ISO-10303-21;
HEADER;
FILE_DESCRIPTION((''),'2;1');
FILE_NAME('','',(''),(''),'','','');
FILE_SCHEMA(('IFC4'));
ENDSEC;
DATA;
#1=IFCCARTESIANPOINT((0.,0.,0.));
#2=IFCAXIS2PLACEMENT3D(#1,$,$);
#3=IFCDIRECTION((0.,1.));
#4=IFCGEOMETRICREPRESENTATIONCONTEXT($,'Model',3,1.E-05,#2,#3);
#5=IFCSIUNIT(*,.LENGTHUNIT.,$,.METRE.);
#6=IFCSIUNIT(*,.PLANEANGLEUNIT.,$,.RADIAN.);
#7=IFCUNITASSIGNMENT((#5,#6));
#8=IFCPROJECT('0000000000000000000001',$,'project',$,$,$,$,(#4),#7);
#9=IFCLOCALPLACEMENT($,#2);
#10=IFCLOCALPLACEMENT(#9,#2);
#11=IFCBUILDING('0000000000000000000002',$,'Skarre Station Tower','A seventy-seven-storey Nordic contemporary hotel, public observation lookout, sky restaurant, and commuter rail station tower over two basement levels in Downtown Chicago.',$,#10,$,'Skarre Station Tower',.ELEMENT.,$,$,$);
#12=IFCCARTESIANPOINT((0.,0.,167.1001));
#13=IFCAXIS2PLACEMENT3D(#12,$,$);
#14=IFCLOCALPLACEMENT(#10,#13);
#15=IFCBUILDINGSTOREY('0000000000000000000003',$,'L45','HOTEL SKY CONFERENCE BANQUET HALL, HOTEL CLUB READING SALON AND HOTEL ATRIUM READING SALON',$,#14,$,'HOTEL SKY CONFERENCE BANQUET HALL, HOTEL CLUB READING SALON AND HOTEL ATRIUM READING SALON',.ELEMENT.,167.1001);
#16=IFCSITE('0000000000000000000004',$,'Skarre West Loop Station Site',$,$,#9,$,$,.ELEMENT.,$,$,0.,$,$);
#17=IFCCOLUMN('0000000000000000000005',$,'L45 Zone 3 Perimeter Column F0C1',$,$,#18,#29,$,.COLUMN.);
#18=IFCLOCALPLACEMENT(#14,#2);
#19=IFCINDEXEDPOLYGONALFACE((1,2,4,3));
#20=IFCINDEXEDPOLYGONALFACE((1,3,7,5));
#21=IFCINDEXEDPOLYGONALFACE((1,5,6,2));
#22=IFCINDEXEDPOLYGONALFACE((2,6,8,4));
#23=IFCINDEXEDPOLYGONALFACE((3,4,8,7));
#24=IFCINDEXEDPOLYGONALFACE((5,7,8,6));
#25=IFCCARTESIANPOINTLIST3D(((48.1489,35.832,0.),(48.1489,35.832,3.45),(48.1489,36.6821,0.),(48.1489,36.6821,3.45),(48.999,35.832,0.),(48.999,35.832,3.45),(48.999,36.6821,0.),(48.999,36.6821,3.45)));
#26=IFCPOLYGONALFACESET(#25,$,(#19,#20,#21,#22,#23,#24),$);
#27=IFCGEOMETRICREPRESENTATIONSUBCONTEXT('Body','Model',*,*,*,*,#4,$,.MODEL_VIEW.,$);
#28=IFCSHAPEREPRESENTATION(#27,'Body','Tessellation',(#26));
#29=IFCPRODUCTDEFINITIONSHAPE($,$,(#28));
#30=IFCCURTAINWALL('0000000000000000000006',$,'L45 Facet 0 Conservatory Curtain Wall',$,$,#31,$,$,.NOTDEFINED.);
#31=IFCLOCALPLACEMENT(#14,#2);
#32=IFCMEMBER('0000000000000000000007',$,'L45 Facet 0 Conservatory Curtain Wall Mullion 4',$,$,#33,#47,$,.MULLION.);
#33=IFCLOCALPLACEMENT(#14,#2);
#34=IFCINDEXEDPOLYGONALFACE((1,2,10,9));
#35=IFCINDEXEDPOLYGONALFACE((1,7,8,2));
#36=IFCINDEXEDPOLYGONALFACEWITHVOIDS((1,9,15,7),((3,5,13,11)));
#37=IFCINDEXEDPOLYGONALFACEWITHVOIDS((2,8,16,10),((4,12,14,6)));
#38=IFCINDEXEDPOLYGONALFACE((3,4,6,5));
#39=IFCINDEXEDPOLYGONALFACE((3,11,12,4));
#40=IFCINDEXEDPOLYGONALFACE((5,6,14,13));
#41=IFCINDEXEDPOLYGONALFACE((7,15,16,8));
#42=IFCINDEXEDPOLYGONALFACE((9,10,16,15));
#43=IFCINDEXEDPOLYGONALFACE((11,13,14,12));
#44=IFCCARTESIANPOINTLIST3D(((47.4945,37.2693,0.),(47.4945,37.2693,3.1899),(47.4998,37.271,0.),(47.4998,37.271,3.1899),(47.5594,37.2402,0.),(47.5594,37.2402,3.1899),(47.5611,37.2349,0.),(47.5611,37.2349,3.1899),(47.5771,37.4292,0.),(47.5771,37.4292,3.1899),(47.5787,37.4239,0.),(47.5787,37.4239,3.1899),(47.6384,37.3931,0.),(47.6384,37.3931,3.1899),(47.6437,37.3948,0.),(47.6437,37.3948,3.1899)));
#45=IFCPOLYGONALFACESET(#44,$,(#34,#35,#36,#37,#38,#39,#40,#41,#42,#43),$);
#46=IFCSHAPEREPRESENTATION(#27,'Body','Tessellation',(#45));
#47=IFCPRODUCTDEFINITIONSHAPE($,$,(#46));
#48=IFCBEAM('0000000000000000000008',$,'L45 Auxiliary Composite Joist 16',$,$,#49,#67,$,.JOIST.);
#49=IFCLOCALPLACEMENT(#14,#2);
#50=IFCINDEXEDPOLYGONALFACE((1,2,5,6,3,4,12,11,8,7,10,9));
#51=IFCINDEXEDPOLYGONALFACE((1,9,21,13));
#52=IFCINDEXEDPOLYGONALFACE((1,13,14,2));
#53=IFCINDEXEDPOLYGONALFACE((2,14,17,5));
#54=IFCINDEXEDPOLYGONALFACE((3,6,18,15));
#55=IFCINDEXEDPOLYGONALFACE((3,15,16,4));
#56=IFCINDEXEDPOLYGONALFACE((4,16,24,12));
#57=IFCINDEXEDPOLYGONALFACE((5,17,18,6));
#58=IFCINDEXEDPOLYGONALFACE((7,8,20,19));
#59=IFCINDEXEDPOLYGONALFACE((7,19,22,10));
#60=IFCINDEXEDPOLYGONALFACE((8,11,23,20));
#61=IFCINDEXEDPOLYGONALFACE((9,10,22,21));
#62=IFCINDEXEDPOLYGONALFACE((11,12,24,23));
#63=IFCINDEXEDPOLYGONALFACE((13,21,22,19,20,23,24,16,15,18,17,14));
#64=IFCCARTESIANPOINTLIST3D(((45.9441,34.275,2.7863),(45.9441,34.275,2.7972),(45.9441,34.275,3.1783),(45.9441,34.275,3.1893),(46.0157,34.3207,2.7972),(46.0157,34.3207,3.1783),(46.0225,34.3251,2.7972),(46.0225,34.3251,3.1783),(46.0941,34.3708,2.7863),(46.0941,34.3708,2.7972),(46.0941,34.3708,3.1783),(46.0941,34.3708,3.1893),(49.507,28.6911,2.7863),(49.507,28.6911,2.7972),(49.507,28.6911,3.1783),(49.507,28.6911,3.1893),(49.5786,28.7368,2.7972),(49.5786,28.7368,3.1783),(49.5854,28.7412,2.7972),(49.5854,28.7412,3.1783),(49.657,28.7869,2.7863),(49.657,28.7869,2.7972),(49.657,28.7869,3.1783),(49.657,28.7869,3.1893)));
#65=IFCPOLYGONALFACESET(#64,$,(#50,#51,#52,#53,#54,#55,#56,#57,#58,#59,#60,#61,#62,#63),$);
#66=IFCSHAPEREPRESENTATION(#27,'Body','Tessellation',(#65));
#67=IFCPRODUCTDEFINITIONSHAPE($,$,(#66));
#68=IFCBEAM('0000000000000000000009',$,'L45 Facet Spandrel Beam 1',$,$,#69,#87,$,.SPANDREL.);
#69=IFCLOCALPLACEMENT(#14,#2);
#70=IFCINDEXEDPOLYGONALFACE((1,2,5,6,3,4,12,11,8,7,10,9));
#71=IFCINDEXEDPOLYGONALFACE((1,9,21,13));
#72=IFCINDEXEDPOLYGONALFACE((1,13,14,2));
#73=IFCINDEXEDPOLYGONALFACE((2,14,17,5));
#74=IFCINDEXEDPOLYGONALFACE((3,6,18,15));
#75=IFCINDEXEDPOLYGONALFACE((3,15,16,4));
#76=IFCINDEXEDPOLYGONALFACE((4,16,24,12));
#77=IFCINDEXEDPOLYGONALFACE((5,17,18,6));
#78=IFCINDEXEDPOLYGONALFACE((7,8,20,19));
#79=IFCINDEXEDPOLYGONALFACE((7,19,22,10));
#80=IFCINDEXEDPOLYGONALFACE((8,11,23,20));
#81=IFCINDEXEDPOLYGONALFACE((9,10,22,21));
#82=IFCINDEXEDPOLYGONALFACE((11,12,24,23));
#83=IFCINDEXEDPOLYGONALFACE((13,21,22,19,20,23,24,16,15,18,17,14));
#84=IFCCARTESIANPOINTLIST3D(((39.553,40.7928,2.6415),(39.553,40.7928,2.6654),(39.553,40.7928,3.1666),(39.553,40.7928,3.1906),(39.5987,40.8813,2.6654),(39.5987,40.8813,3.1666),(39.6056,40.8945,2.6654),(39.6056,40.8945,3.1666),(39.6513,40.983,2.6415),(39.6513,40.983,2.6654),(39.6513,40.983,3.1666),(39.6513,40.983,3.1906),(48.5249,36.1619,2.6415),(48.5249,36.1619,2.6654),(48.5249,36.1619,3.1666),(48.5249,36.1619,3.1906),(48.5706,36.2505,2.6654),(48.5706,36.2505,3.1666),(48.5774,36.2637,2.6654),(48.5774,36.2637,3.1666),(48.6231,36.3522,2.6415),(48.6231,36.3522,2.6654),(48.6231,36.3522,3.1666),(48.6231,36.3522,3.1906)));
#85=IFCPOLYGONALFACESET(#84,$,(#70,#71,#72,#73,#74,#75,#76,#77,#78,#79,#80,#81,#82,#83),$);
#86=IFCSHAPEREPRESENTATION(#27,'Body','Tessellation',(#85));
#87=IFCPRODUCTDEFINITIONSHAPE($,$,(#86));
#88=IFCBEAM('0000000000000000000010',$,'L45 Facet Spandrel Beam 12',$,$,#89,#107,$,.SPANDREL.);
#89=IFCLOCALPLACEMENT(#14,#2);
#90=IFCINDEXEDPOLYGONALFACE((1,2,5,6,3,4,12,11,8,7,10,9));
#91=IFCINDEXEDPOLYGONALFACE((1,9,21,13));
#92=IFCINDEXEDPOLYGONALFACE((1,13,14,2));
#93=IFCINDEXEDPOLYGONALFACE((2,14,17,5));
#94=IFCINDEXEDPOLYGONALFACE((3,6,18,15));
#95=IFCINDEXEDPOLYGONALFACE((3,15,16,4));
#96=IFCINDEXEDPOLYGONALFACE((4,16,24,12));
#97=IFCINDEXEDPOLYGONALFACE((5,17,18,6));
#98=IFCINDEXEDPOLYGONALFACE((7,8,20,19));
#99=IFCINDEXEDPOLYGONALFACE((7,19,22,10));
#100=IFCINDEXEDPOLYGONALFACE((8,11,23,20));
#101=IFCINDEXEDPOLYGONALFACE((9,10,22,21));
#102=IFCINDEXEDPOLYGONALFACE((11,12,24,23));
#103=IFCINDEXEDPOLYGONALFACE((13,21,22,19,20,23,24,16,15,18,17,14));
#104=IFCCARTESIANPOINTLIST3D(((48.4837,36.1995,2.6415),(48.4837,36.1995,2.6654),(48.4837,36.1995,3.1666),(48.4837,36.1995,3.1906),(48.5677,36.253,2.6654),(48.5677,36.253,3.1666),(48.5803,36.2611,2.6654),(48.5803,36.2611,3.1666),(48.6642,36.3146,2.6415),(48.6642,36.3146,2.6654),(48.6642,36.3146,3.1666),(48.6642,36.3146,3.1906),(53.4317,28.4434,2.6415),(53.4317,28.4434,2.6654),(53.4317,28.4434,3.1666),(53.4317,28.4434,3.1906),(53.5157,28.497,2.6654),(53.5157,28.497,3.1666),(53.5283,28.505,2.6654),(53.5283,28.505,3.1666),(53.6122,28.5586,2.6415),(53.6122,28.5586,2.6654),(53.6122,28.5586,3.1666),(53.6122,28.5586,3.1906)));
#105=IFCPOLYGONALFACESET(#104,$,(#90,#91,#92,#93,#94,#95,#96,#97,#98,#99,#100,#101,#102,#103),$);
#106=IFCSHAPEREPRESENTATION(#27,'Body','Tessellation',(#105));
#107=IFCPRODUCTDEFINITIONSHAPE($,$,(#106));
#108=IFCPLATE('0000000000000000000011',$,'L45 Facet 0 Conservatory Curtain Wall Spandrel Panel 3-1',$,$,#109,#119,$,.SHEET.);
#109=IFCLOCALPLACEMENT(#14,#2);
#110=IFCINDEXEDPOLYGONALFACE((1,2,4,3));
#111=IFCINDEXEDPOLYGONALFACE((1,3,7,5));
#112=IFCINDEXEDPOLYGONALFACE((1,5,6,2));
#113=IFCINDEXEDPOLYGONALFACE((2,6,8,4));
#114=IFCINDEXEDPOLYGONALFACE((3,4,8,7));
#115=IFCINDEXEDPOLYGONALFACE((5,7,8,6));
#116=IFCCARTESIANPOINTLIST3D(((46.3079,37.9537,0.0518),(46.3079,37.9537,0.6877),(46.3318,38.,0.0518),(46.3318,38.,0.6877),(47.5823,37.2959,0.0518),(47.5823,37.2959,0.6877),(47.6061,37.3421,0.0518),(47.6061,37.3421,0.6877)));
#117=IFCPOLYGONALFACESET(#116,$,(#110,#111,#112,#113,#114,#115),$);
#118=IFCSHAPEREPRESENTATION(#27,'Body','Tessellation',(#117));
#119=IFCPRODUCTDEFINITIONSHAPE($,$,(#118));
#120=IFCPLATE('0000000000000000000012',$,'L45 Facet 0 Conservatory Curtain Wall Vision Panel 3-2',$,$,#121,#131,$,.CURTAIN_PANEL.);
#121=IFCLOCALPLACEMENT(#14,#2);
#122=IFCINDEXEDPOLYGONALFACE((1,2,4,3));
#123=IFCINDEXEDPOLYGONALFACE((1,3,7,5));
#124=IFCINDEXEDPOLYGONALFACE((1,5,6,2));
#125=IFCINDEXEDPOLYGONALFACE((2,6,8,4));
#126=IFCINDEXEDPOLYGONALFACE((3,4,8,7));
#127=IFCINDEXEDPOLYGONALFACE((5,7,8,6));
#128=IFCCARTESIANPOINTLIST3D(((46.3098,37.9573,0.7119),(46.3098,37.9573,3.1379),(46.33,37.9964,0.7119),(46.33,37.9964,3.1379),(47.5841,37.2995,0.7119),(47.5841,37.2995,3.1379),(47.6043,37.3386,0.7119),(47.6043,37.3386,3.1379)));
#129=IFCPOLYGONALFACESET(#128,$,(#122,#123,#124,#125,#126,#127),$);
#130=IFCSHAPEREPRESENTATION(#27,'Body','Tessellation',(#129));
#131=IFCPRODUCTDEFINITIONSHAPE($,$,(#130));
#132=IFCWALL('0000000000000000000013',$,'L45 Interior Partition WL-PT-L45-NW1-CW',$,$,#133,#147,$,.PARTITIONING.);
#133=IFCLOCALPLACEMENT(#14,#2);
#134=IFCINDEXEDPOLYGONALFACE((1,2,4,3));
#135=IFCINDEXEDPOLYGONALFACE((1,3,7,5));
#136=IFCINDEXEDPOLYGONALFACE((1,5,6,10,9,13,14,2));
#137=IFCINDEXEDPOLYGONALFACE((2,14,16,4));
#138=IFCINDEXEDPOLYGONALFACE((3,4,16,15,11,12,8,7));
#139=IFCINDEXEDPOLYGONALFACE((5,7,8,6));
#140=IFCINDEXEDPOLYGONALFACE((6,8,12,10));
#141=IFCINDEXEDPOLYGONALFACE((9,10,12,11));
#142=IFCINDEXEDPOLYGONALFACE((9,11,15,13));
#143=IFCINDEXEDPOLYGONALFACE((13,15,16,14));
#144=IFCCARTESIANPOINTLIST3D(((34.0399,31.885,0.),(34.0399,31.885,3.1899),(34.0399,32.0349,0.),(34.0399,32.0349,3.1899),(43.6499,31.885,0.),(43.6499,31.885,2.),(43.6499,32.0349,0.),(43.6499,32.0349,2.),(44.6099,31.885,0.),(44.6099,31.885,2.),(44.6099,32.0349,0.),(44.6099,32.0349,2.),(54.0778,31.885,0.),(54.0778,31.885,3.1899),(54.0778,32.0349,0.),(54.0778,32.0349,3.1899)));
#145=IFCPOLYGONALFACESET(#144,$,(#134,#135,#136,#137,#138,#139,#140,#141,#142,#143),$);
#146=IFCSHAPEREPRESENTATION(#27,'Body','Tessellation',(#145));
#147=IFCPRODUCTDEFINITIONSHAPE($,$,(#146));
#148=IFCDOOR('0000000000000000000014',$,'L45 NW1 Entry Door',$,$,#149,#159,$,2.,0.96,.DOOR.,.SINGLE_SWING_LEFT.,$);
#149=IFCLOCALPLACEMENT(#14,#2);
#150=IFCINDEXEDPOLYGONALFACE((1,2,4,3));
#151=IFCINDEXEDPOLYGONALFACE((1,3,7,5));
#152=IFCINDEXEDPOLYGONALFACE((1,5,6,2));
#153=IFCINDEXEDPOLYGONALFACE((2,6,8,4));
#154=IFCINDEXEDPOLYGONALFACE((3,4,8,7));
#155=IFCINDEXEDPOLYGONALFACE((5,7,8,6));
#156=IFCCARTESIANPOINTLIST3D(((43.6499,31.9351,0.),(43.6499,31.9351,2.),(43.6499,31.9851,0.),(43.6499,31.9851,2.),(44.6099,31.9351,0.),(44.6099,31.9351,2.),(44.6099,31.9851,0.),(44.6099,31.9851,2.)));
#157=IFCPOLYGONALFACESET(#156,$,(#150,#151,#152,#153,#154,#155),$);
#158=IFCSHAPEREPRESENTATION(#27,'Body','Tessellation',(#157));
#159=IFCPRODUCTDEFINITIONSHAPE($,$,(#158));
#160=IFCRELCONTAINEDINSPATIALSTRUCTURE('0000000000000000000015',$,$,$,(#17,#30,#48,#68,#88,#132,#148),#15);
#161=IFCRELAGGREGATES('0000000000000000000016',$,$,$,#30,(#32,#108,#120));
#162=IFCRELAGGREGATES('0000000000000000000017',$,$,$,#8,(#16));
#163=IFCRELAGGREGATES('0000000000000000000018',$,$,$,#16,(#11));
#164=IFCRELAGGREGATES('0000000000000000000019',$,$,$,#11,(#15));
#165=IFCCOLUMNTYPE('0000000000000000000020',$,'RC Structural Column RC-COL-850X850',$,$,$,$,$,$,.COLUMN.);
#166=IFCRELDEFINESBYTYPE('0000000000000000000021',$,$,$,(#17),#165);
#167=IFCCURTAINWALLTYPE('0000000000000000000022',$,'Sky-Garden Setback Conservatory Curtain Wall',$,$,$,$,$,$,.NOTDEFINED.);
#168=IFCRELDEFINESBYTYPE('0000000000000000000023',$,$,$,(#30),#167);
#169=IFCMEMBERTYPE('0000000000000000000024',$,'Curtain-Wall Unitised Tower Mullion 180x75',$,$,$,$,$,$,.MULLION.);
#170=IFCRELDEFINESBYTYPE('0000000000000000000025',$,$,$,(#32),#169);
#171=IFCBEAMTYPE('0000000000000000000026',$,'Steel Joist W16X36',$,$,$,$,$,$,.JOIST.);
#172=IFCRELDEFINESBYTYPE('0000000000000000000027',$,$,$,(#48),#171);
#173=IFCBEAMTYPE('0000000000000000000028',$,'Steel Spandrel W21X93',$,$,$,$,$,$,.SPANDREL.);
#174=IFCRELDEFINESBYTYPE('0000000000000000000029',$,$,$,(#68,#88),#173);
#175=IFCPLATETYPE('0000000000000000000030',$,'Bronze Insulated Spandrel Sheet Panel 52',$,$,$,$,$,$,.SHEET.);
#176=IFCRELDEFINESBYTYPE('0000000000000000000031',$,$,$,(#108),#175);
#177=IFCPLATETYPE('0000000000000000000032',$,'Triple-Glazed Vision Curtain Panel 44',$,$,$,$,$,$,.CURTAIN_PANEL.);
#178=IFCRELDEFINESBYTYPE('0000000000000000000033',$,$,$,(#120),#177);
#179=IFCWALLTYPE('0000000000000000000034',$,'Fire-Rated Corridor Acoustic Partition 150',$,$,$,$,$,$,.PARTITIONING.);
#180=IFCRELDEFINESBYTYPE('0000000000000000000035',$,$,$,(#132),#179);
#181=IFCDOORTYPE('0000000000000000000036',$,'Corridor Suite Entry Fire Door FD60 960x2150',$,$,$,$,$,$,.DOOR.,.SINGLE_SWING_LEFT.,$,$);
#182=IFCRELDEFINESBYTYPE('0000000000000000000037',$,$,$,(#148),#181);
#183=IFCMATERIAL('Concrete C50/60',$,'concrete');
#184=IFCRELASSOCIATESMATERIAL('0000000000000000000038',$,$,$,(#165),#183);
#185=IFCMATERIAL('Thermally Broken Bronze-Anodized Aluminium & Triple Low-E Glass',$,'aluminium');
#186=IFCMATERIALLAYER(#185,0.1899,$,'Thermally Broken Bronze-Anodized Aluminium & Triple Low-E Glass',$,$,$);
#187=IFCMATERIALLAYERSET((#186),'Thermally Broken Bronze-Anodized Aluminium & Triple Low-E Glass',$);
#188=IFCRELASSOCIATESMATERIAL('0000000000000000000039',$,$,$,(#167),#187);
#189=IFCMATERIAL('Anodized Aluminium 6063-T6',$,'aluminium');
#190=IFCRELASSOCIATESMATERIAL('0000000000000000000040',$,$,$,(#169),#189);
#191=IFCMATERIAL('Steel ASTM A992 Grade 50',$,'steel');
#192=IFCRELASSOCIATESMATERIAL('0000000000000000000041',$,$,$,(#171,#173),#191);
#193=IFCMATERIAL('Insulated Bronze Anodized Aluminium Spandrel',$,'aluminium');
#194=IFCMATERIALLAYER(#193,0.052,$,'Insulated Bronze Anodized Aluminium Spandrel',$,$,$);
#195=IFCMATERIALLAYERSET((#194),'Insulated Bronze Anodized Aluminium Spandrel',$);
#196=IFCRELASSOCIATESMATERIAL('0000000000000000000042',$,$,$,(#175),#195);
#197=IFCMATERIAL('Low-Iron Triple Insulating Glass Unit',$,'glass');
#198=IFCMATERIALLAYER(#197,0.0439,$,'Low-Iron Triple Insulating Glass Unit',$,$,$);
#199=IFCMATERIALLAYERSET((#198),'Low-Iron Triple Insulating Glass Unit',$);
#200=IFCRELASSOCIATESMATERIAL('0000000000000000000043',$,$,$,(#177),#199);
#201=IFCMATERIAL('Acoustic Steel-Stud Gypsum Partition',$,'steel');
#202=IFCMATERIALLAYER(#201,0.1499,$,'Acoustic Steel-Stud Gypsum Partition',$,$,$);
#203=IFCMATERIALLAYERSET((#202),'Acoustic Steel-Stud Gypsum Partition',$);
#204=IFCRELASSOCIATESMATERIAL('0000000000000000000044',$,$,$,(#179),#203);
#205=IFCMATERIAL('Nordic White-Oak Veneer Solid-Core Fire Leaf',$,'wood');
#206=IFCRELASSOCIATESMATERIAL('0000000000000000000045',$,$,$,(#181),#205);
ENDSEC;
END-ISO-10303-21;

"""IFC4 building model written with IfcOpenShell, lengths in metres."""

from ifc_helpers import new_model, si_unit, direction, frame, frame_2d, origin, origin_2d, place, context, subcontext, project, spatial, rectangle, hollow_rectangle, i_section, extrude, material, layer, layer_set, material_profile, profile_set, type_object, element, fill, aggregate, save


model = new_model("IFC4")

# Units and contexts
model_context = context("Model", 3, precision=1e-05, world=origin(), true_north=direction((0.0, 1.0)))
body_context = subcontext(model_context, "Body", "Model", "MODEL_VIEW")
ifc_project = project(units=[si_unit("LENGTHUNIT", "METRE"), si_unit("PLANEANGLEUNIT", "RADIAN")], contexts=[model_context])

# Site, building, storey
site_placement = place(None, origin())
site = spatial("IfcSite", under=ifc_project, at=site_placement, Name="Skarre West Loop Station Site", CompositionType="ELEMENT", RefElevation=0.0)
building_placement = place(site_placement, origin())
building = spatial("IfcBuilding", under=site, at=building_placement, Name="Skarre Station Tower", Description="A seventy-seven-storey Nordic contemporary hotel, public observation lookout, sky restaurant, and commuter rail station tower over two basement levels in Downtown Chicago.", LongName="Skarre Station Tower", CompositionType="ELEMENT")
storey_placement = place(building_placement, frame((0.0, 0.0, 167.1001)))
storey = spatial("IfcBuildingStorey", under=building, at=storey_placement, Name="L45", Description="HOTEL SKY CONFERENCE BANQUET HALL, HOTEL CLUB READING SALON AND HOTEL ATRIUM READING SALON", LongName="HOTEL SKY CONFERENCE BANQUET HALL, HOTEL CLUB READING SALON AND HOTEL ATRIUM READING SALON", CompositionType="ELEMENT", Elevation=167.1001)

# Column
ifc_material_1 = material(Name="Concrete C50/60", Category="concrete")
ifc_material_profile_1 = material_profile(ifc_material_1, rectangle(XDim=0.8501, YDim=0.8501, at=origin_2d()), Name="Concrete C50/60")
ifc_profile_set_1 = profile_set([ifc_material_profile_1], Name="Concrete C50/60")
column_type = type_object("IfcColumnType", Name="RC Structural Column RC-COL-850X850", PredefinedType="COLUMN", material=ifc_profile_set_1)
column_placement = place(storey_placement, frame((48.574, 36.2571, 0.0), z_axis=(0.0, 0.0, 1.0), x_axis=(1.0, 0.0, 0.0)))
element("IfcColumn", 1, at=column_placement, inside=storey, type_object=column_type, Name="L45 Zone 3 Perimeter Column F0C1", PredefinedType="COLUMN", context=body_context, shape_type="SweptSolid", body=[
    extrude(rectangle(XDim=0.8501, YDim=0.8501, at=origin_2d()), origin(), (0.0, 0.0, 1.0), 3.45),
])

# Curtain wall, member
ifc_material_2 = material(Name="Thermally Broken Bronze-Anodized Aluminium & Triple Low-E Glass", Category="aluminium")
ifc_layer_1 = layer(ifc_material_2, 0.1899, Name="Thermally Broken Bronze-Anodized Aluminium & Triple Low-E Glass")
ifc_layer_set_1 = layer_set([ifc_layer_1], Name="Thermally Broken Bronze-Anodized Aluminium & Triple Low-E Glass")
curtain_wall_type = type_object("IfcCurtainWallType", Name="Sky-Garden Setback Conservatory Curtain Wall", PredefinedType="NOTDEFINED", material=ifc_layer_set_1)
curtain_wall_placement = place(storey_placement, origin())
curtain_wall = element("IfcCurtainWall", 2, at=curtain_wall_placement, inside=storey, type_object=curtain_wall_type, Name="L45 Facet 0 Conservatory Curtain Wall", PredefinedType="NOTDEFINED")
ifc_material_3 = material(Name="Anodized Aluminium 6063-T6", Category="aluminium")
ifc_material_profile_2 = material_profile(ifc_material_3, hollow_rectangle(XDim=0.075, YDim=0.1799, WallThickness=0.0039, at=origin_2d()), Name="Anodized Aluminium 6063-T6")
ifc_profile_set_2 = profile_set([ifc_material_profile_2], Name="Anodized Aluminium 6063-T6")
member_type = type_object("IfcMemberType", Name="Curtain-Wall Unitised Tower Mullion 180x75", PredefinedType="MULLION", material=ifc_profile_set_2)
member_placement = place(storey_placement, frame((47.5691, 37.332, 0.0), z_axis=(0.0, 0.0, 1.0), x_axis=(0.888593, -0.458696, 0.0)))
member = element("IfcMember", 3, at=member_placement, type_object=member_type, Name="L45 Facet 0 Conservatory Curtain Wall Mullion 4", PredefinedType="MULLION", context=body_context, shape_type="SweptSolid", body=[
    extrude(hollow_rectangle(XDim=0.075, YDim=0.1799, WallThickness=0.0039, at=origin_2d()), origin(), (0.0, 0.0, 1.0), 3.1899),
])

# Beams
ifc_material_4 = material(Name="Steel ASTM A992 Grade 50", Category="steel")
ifc_material_profile_3 = material_profile(ifc_material_4, i_section(OverallWidth=0.178, OverallDepth=0.4031, WebThickness=0.0081, FlangeThickness=0.011, at=origin_2d()), Name="Steel ASTM A992 Grade 50")
ifc_profile_set_3 = profile_set([ifc_material_profile_3], Name="Steel ASTM A992 Grade 50")
beam_type_1 = type_object("IfcBeamType", Name="Steel Joist W16X36", PredefinedType="JOIST", material=ifc_profile_set_3)
beam_1_placement = place(storey_placement, frame((49.582, 28.739, 2.9878), z_axis=(-0.537901, 0.843008, 0.0), x_axis=(-0.843008, -0.537901, 0.0)))
element("IfcBeam", 4, at=beam_1_placement, inside=storey, type_object=beam_type_1, Name="L45 Auxiliary Composite Joist 16", PredefinedType="JOIST", context=body_context, shape_type="SweptSolid", body=[
    extrude(i_section(OverallWidth=0.178, OverallDepth=0.4031, WebThickness=0.0081, FlangeThickness=0.011, at=origin_2d()), origin(), (0.0, 0.0, 1.0), 6.6238),
])
ifc_material_profile_4 = material_profile(ifc_material_4, i_section(OverallWidth=0.2141, OverallDepth=0.5491, WebThickness=0.0149, FlangeThickness=0.0239, at=origin_2d()), Name="Steel ASTM A992 Grade 50")
ifc_profile_set_4 = profile_set([ifc_material_profile_4], Name="Steel ASTM A992 Grade 50")
beam_type_2 = type_object("IfcBeamType", Name="Steel Spandrel W21X93", PredefinedType="SPANDREL", material=ifc_profile_set_4)
beam_2_placement = place(storey_placement, frame((48.574, 36.2571, 2.916), z_axis=(-0.888613, 0.458658, 0.0), x_axis=(-0.458658, -0.888613, 0.0)))
element("IfcBeam", 5, at=beam_2_placement, inside=storey, type_object=beam_type_2, Name="L45 Facet Spandrel Beam 1", PredefinedType="SPANDREL", context=body_context, shape_type="SweptSolid", body=[
    extrude(i_section(OverallWidth=0.2141, OverallDepth=0.5491, WebThickness=0.0149, FlangeThickness=0.0239, at=origin_2d()), origin(), (0.0, 0.0, 1.0), 10.0964),
])
beam_3_placement = place(storey_placement, frame((53.522, 28.501, 2.916), z_axis=(-0.537826, 0.843056, 0.0), x_axis=(-0.843056, -0.537826, 0.0)))
element("IfcBeam", 6, at=beam_3_placement, inside=storey, type_object=beam_type_2, Name="L45 Facet Spandrel Beam 12", PredefinedType="SPANDREL", context=body_context, shape_type="SweptSolid", body=[
    extrude(i_section(OverallWidth=0.2141, OverallDepth=0.5491, WebThickness=0.0149, FlangeThickness=0.0239, at=origin_2d()), origin(), (0.0, 0.0, 1.0), 9.2),
])

# Plates
ifc_material_5 = material(Name="Insulated Bronze Anodized Aluminium Spandrel", Category="aluminium")
ifc_layer_2 = layer(ifc_material_5, 0.052, Name="Insulated Bronze Anodized Aluminium Spandrel")
ifc_layer_set_2 = layer_set([ifc_layer_2], Name="Insulated Bronze Anodized Aluminium Spandrel")
plate_type_1 = type_object("IfcPlateType", Name="Bronze Insulated Spandrel Sheet Panel 52", PredefinedType="SHEET", material=ifc_layer_set_2)
plate_1_placement = place(storey_placement, frame((46.957, 37.6479, 0.0518), z_axis=(0.0, 0.0, 1.0), x_axis=(0.888593, -0.458696, 0.0)))
plate_1 = element("IfcPlate", 7, at=plate_1_placement, type_object=plate_type_1, Name="L45 Facet 0 Conservatory Curtain Wall Spandrel Panel 3-1", PredefinedType="SHEET", context=body_context, shape_type="SweptSolid", body=[
    extrude(rectangle(XDim=1.4341, YDim=0.052, at=origin_2d()), origin(), (0.0, 0.0, 1.0), 0.636),
])
ifc_material_6 = material(Name="Low-Iron Triple Insulating Glass Unit", Category="glass")
ifc_layer_3 = layer(ifc_material_6, 0.0439, Name="Low-Iron Triple Insulating Glass Unit")
ifc_layer_set_3 = layer_set([ifc_layer_3], Name="Low-Iron Triple Insulating Glass Unit")
plate_type_2 = type_object("IfcPlateType", Name="Triple-Glazed Vision Curtain Panel 44", PredefinedType="CURTAIN_PANEL", material=ifc_layer_set_3)
plate_2_placement = place(storey_placement, frame((46.957, 37.6479, 0.7119), z_axis=(0.0, 0.0, 1.0), x_axis=(0.888593, -0.458696, 0.0)))
plate_2 = element("IfcPlate", 8, at=plate_2_placement, type_object=plate_type_2, Name="L45 Facet 0 Conservatory Curtain Wall Vision Panel 3-2", PredefinedType="CURTAIN_PANEL", context=body_context, shape_type="SweptSolid", body=[
    extrude(rectangle(XDim=1.4341, YDim=0.0439, at=origin_2d()), origin(), (0.0, 0.0, 1.0), 2.426),
])
aggregate(curtain_wall, [member, plate_1, plate_2])

# Wall, opening, door
ifc_material_7 = material(Name="Acoustic Steel-Stud Gypsum Partition", Category="steel")
ifc_layer_4 = layer(ifc_material_7, 0.1499, Name="Acoustic Steel-Stud Gypsum Partition")
ifc_layer_set_4 = layer_set([ifc_layer_4], Name="Acoustic Steel-Stud Gypsum Partition")
wall_type_1 = type_object("IfcWallType", Name="Fire-Rated Corridor Acoustic Partition 150", PredefinedType="PARTITIONING", material=ifc_layer_set_4)
wall_1_placement = place(storey_placement, frame((54.0779, 31.96, 0.0), z_axis=(0.0, 0.0, 1.0), x_axis=(-1.0, 0.0, 0.0)))
wall_1 = element("IfcWall", 9, at=wall_1_placement, inside=storey, type_object=wall_type_1, Name="L45 Interior Partition WL-PT-L45-NW1-CW", PredefinedType="PARTITIONING", context=body_context, shape_type="SweptSolid", body=[
    extrude(rectangle(XDim=20.0378, YDim=0.1499, at=frame_2d((10.019, 0.0))), origin(), (0.0, 0.0, 1.0), 3.1899),
])
opening_1_placement = place(wall_1_placement, frame((9.468, 0.0, 0.0)))
opening_1 = element("IfcOpeningElement", 10, at=opening_1_placement, cuts=wall_1, PredefinedType="OPENING", context=body_context, shape_type="SweptSolid", body=[
    extrude(rectangle(XDim=0.96, YDim=2.0, at=frame_2d((0.48, 1.0))), frame((0.0, 0.085, 0.0), z_axis=(0.0, -1.0, 0.0), x_axis=(1.0, 0.0, 0.0)), (0.0, 0.0, 1.0), 0.1699),
])
ifc_material_8 = material(Name="Nordic White-Oak Veneer Solid-Core Fire Leaf", Category="wood")
door_type_1 = type_object("IfcDoorType", Name="Corridor Suite Entry Fire Door FD60 960x2150", OperationType="SINGLE_SWING_LEFT", PredefinedType="DOOR", material=ifc_material_8)
door_1_placement = place(opening_1_placement, origin())
door_1 = element("IfcDoor", 11, at=door_1_placement, inside=storey, type_object=door_type_1, Name="L45 NW1 Entry Door", OperationType="SINGLE_SWING_LEFT", OverallHeight=2.0, OverallWidth=0.96, PredefinedType="DOOR", context=body_context, shape_type="SweptSolid", body=[
    extrude(rectangle(XDim=0.96, YDim=2.0, at=frame_2d((0.48, 1.0))), frame((0.0, 0.0249, 0.0), z_axis=(0.0, -1.0, 0.0), x_axis=(1.0, 0.0, 0.0)), (0.0, 0.0, 1.0), 0.05),
])
fill(opening_1, door_1)

save(model, "model.ifc")
